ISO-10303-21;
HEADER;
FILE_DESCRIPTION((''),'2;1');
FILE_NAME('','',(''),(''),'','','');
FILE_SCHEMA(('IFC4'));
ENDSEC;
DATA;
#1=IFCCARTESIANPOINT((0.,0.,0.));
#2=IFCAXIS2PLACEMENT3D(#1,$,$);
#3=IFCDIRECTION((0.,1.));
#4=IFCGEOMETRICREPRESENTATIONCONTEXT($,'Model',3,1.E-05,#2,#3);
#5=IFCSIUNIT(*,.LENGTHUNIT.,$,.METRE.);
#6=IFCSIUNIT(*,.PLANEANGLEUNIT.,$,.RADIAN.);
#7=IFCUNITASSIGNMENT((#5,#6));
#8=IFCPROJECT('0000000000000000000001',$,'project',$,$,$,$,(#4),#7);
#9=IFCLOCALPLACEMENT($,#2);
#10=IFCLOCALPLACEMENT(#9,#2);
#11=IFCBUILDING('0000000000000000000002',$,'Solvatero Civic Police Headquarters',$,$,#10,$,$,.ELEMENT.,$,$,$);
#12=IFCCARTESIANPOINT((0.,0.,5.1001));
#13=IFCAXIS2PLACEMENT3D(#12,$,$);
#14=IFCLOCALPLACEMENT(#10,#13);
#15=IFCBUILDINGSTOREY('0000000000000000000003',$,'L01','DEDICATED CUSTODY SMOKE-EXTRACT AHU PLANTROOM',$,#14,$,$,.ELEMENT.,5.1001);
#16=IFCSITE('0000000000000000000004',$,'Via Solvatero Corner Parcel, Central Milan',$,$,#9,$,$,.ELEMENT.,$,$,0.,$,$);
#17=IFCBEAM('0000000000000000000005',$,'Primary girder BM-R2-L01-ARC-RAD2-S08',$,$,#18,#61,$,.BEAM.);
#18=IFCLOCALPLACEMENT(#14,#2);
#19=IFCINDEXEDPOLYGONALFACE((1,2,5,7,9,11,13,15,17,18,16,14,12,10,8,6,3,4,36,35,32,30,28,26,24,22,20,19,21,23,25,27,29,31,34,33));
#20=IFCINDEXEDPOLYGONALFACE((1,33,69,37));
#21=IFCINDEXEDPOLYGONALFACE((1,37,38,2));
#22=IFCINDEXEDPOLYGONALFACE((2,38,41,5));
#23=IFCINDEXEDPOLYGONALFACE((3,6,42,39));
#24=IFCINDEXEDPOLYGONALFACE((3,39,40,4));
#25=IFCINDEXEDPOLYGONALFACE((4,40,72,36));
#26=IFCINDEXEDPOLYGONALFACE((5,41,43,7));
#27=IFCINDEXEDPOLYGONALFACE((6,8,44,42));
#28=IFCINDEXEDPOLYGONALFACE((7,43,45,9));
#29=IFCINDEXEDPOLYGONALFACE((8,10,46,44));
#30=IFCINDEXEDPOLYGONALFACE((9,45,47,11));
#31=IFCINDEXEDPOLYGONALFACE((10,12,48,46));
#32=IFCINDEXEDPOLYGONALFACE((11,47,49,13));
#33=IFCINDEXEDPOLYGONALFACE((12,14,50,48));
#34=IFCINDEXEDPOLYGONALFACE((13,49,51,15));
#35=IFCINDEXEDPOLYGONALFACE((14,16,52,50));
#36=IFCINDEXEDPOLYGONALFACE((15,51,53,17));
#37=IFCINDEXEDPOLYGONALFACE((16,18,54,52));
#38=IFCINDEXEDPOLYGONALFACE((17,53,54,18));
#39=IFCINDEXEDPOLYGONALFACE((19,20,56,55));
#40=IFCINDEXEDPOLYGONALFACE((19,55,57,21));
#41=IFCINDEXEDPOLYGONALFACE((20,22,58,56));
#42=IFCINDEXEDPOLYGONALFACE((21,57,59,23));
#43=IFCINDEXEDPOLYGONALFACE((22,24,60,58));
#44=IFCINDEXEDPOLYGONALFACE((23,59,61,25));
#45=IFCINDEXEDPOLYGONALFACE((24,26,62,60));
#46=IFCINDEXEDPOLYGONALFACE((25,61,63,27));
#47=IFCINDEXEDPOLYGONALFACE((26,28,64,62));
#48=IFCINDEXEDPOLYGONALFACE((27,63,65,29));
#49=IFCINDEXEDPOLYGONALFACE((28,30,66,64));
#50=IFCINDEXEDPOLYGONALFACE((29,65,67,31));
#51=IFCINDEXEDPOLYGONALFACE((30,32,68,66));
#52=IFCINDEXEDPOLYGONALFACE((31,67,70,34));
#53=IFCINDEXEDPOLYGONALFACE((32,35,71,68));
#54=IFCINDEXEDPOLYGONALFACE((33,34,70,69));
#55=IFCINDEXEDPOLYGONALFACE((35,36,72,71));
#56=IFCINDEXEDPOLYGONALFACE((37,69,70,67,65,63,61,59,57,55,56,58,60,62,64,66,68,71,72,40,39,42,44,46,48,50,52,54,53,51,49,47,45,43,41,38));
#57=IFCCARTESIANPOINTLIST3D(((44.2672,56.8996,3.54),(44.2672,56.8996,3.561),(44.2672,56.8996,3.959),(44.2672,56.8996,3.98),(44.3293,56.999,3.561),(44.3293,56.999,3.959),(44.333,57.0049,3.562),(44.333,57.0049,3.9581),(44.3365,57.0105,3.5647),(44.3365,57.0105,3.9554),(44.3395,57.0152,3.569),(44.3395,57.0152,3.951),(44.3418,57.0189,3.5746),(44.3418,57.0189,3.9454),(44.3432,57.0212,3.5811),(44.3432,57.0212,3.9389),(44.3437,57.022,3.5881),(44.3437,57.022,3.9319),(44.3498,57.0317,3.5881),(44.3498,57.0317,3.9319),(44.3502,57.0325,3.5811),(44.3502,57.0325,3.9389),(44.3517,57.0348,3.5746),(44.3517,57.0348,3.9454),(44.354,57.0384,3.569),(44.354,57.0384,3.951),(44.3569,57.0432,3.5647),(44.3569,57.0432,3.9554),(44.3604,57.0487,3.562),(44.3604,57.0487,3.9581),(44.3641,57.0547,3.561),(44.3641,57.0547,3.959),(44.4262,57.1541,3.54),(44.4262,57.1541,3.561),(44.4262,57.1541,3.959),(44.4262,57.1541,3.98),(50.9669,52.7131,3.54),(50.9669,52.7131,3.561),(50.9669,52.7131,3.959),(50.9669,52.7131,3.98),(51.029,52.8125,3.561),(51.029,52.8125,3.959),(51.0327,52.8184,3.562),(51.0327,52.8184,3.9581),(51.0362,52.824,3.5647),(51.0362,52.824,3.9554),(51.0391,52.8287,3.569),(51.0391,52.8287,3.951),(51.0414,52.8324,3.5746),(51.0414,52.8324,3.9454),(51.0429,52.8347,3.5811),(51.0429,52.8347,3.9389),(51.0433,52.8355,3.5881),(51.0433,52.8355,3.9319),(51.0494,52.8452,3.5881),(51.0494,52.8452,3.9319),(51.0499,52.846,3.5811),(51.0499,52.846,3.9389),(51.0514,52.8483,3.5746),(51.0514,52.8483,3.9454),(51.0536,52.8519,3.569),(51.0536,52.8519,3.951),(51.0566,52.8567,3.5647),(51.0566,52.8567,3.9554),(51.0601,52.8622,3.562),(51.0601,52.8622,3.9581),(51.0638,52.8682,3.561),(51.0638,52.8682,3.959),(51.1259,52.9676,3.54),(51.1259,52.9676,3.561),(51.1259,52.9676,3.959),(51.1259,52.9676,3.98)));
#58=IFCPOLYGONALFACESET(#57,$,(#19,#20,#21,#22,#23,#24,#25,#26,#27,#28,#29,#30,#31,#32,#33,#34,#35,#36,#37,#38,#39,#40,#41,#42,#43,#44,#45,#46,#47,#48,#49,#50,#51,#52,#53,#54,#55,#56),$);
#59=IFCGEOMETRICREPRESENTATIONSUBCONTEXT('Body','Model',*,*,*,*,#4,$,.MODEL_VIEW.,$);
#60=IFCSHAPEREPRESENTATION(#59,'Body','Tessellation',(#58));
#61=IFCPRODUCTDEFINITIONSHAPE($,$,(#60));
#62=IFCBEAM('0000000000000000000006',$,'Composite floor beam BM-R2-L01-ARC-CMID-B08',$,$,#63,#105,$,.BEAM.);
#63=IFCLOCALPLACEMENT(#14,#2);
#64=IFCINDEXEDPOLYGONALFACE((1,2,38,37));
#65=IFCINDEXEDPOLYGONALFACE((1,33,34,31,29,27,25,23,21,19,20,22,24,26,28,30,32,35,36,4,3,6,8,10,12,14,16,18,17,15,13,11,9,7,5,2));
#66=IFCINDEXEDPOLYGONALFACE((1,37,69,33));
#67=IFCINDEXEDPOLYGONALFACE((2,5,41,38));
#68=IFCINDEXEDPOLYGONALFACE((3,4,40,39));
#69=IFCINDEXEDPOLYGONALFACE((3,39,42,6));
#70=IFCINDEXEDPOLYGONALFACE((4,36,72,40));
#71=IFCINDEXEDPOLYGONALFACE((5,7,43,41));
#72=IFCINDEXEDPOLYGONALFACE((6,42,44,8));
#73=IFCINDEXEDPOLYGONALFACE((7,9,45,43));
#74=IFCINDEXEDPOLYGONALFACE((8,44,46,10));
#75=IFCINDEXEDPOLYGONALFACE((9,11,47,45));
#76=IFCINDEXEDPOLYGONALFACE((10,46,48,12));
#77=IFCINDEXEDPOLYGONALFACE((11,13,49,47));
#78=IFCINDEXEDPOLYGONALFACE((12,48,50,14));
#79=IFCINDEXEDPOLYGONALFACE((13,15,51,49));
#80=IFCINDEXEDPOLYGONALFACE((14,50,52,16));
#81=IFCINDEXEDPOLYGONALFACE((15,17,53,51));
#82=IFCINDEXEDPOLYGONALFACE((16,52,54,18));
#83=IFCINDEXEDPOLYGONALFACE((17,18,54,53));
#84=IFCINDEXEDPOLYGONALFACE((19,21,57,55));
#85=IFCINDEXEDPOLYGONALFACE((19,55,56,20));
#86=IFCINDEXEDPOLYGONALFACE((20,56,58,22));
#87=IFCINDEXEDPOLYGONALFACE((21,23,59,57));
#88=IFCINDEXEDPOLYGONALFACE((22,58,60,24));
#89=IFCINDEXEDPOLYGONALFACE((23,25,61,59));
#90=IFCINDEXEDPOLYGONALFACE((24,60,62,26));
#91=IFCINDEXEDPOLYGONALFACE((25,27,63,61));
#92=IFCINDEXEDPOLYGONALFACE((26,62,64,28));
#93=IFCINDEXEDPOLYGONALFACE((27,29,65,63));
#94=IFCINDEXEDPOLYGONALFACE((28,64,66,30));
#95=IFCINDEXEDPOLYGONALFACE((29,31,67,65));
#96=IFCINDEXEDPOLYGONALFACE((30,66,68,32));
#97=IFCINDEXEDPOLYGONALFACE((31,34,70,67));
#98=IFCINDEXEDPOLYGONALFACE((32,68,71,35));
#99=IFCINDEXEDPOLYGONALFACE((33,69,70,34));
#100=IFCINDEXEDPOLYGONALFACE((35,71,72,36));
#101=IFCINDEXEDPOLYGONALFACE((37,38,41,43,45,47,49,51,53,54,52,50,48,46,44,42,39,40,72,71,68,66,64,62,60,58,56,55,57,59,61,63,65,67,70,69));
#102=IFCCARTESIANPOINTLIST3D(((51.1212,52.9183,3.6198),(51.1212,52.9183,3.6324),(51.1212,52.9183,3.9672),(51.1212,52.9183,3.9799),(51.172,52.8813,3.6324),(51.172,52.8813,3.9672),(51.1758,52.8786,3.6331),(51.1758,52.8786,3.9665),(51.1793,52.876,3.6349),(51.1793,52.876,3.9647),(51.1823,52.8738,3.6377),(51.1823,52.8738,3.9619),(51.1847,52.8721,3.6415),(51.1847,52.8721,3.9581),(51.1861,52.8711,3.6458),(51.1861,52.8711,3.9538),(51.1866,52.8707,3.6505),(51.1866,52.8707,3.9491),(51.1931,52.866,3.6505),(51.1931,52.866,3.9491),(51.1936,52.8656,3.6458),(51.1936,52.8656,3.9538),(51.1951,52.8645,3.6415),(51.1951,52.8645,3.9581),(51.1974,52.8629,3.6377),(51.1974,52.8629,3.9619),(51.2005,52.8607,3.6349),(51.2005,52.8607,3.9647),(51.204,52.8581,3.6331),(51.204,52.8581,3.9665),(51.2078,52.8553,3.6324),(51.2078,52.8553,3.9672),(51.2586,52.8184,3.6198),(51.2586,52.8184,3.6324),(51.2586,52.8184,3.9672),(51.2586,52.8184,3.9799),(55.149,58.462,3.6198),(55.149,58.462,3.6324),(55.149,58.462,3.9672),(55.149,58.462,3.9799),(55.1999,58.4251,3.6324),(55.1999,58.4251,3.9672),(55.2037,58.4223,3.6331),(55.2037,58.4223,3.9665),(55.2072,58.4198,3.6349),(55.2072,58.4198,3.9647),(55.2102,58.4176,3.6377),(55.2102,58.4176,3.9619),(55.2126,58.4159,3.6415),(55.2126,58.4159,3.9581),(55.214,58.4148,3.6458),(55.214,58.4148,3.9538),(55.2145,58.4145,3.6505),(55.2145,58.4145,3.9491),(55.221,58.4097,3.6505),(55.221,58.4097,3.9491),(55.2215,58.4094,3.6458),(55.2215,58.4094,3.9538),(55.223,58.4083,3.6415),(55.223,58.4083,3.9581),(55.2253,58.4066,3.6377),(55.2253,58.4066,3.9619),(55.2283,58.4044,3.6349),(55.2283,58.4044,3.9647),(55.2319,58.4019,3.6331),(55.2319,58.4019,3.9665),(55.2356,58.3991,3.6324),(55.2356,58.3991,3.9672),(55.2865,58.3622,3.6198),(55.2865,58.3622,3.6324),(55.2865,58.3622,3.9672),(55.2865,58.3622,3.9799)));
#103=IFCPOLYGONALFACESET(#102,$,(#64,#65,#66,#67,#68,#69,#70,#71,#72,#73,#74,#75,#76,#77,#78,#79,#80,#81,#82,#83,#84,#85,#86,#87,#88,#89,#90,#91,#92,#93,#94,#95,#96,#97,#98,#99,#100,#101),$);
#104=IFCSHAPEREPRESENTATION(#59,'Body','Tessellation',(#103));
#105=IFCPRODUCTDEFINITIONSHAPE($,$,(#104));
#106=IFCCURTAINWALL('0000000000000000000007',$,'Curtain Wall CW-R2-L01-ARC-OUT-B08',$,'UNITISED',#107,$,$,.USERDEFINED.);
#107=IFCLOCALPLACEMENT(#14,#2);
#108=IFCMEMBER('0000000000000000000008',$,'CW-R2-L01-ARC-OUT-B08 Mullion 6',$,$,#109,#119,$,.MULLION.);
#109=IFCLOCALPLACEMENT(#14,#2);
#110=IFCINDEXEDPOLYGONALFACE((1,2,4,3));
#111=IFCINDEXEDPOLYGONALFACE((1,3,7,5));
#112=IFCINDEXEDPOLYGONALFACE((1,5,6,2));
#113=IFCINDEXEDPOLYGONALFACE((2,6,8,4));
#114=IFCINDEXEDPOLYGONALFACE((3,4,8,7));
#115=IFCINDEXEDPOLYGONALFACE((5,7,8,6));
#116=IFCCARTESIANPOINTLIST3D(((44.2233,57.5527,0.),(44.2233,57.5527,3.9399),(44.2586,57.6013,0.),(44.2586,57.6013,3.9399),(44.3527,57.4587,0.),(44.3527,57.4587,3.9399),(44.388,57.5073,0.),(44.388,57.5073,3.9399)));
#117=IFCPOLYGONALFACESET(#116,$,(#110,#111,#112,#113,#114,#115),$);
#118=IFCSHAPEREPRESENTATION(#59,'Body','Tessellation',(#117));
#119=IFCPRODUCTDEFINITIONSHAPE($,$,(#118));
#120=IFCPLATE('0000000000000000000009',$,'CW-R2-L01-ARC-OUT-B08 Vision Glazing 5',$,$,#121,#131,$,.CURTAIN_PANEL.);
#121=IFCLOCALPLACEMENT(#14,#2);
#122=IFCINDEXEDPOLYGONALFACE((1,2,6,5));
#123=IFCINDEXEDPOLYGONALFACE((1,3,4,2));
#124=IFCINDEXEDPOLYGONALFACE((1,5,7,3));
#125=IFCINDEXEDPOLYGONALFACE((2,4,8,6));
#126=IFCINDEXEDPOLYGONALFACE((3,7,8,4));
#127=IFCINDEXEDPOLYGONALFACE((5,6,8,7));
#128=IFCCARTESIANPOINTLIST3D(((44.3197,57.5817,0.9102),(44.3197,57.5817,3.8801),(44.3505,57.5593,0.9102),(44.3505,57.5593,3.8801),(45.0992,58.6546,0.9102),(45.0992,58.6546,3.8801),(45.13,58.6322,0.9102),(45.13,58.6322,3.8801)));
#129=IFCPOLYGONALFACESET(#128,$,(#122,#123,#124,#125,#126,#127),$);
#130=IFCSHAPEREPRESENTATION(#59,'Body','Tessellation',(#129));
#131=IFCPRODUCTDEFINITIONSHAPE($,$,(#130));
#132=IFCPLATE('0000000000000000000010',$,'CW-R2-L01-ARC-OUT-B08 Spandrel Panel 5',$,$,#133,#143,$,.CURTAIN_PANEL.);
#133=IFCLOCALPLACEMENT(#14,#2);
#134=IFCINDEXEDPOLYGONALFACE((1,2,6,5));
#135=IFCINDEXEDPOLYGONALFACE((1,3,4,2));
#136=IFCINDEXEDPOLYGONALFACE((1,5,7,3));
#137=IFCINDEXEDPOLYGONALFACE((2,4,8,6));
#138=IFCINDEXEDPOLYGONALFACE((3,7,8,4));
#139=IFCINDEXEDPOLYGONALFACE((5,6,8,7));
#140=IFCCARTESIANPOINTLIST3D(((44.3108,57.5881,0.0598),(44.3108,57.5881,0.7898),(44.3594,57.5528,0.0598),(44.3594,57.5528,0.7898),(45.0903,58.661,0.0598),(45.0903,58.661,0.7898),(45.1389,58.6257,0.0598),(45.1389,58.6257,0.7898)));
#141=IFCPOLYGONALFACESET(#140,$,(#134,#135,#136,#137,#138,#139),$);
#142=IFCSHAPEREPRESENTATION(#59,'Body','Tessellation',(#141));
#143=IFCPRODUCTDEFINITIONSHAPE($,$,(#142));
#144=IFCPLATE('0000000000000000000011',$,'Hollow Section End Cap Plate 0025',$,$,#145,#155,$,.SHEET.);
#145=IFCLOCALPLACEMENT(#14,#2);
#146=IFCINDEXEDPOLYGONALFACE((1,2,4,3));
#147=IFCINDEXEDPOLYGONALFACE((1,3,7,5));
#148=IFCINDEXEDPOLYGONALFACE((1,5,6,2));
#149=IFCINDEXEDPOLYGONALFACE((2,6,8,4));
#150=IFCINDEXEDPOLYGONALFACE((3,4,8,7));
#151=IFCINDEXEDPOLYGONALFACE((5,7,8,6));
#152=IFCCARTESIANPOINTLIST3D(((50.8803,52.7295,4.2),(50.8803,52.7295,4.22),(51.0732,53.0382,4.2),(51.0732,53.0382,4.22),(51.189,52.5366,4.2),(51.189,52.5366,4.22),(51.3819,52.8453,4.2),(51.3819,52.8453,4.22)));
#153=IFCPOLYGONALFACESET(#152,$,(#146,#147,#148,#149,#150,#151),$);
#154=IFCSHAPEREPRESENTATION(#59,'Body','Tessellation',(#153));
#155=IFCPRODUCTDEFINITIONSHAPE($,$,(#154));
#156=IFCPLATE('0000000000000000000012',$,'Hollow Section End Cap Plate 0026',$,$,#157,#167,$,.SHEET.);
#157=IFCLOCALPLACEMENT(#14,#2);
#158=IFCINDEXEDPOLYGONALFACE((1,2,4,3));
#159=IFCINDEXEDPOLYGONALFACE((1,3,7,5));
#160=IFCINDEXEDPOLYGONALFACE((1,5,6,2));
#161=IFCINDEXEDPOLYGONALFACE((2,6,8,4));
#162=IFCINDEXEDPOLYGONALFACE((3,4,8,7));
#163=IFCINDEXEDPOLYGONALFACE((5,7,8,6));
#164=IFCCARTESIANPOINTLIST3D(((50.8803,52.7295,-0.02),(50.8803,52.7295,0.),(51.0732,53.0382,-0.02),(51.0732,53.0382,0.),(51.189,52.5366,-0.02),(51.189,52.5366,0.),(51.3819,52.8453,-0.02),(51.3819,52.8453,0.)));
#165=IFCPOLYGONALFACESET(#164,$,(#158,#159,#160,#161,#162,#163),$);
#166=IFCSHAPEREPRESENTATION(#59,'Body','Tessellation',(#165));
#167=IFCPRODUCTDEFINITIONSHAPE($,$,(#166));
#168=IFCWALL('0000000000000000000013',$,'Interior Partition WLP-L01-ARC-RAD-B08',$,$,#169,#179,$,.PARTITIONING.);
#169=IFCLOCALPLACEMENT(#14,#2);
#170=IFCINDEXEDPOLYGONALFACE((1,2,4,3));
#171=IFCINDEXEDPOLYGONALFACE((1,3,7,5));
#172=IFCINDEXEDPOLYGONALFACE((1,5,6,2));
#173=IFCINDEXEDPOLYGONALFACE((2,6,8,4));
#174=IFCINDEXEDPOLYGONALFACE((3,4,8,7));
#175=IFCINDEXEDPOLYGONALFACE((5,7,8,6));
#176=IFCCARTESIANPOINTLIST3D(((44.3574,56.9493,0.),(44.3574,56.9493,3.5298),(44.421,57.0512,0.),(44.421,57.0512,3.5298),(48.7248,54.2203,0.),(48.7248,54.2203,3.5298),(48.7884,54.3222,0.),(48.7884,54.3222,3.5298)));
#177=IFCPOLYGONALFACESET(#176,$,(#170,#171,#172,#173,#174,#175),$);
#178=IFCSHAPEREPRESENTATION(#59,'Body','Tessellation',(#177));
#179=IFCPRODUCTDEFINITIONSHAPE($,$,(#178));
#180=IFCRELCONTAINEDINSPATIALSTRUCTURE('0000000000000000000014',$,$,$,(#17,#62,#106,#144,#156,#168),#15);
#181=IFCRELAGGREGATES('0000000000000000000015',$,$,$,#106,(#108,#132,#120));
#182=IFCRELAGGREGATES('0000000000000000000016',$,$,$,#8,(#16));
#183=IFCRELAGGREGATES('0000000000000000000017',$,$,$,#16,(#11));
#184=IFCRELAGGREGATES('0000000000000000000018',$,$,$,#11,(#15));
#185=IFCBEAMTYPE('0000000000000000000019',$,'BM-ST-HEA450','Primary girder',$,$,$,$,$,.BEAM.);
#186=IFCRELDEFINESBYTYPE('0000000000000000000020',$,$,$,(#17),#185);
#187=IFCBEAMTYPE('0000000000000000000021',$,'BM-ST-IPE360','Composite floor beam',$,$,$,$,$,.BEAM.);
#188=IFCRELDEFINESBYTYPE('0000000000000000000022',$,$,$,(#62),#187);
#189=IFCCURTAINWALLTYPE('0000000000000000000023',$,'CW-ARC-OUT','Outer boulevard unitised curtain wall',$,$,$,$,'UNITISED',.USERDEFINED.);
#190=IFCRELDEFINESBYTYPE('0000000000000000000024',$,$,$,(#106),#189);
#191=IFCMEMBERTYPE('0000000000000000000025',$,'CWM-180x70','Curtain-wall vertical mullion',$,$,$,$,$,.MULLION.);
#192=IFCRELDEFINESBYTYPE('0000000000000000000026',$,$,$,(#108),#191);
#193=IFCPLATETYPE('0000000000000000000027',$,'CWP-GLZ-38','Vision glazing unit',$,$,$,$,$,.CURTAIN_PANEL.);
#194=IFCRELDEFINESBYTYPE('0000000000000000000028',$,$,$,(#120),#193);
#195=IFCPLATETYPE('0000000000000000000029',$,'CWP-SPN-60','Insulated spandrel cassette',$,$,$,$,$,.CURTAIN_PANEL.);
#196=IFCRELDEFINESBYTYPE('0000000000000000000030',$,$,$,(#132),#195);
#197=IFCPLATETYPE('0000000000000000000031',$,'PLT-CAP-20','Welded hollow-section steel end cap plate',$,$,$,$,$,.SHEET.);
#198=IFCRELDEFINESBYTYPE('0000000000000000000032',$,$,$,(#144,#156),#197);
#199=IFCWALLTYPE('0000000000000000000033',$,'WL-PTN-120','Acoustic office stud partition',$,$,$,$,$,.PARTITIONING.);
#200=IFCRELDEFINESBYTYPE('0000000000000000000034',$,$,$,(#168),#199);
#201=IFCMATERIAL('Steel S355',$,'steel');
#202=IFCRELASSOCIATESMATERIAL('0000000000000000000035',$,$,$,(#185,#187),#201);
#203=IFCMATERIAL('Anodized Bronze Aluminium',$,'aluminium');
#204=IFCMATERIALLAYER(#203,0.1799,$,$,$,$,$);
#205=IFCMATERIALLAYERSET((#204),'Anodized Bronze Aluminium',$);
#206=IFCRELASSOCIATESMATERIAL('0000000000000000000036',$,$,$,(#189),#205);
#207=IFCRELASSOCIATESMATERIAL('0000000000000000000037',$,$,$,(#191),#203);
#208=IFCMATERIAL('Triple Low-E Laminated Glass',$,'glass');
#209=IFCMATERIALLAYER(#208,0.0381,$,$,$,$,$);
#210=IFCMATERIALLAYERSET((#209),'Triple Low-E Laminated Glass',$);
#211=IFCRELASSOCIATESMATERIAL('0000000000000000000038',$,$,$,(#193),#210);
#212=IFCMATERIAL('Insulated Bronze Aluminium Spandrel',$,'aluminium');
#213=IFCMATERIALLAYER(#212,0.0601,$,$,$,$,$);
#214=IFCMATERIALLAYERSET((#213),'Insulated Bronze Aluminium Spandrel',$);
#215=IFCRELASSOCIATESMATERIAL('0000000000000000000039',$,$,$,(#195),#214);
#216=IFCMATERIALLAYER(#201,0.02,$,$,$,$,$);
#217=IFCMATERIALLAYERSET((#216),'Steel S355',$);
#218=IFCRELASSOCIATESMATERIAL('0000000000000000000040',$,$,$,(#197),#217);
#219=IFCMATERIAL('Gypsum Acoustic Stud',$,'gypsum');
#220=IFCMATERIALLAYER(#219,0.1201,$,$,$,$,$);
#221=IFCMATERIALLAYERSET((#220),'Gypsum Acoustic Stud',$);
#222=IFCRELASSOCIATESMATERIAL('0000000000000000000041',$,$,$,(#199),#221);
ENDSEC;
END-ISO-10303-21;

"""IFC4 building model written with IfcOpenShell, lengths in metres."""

from ifc_helpers import new_model, si_unit, direction, frame, frame_2d, origin, origin_2d, place, context, subcontext, project, spatial, rectangle, i_section, extrude, material, layer, layer_set, material_profile, profile_set, type_object, element, aggregate, save


model = new_model("IFC4")

# Units and contexts
model_context = context("Model", 3, precision=1e-05, world=origin(), true_north=direction((0.0, 1.0)))
body_context = subcontext(model_context, "Body", "Model", "MODEL_VIEW")
ifc_project = project(units=[si_unit("LENGTHUNIT", "METRE"), si_unit("PLANEANGLEUNIT", "RADIAN")], contexts=[model_context])

# Site, building, storey
site_placement = place(None, origin())
site = spatial("IfcSite", under=ifc_project, at=site_placement, Name="Via Solvatero Corner Parcel, Central Milan", CompositionType="ELEMENT", RefElevation=0.0)
building_placement = place(site_placement, origin())
building = spatial("IfcBuilding", under=site, at=building_placement, Name="Solvatero Civic Police Headquarters", CompositionType="ELEMENT")
storey_placement = place(building_placement, frame((0.0, 0.0, 5.1001)))
storey = spatial("IfcBuildingStorey", under=building, at=storey_placement, Name="L01", Description="DEDICATED CUSTODY SMOKE-EXTRACT AHU PLANTROOM", CompositionType="ELEMENT", Elevation=5.1001)

# Shared definitions
ifc_material_1 = material(Name="Steel S355", Category="steel")

# Beams
ifc_material_profile_1 = material_profile(ifc_material_1, i_section(OverallWidth=0.3, OverallDepth=0.4399, WebThickness=0.0115, FlangeThickness=0.021, FilletRadius=0.0271, at=origin_2d()), Name="HEA 450")
ifc_profile_set_1 = profile_set([ifc_material_profile_1], Name="Steel S355")
beam_type_1 = type_object("IfcBeamType", Name="BM-ST-HEA450", Description="Primary girder", PredefinedType="BEAM", material=ifc_profile_set_1)
beam_1_placement = place(storey_placement, frame((51.0464, 52.8403, 3.76), z_axis=(-0.848043, 0.529927, 0.0), x_axis=(-0.529927, -0.848043, 0.0)))
element("IfcBeam", 1, at=beam_1_placement, inside=storey, type_object=beam_type_1, Name="Primary girder BM-R2-L01-ARC-RAD2-S08", PredefinedType="BEAM", context=body_context, shape_type="SweptSolid", body=[
    extrude(i_section(OverallWidth=0.3, OverallDepth=0.4399, WebThickness=0.0115, FlangeThickness=0.021, FilletRadius=0.0271, at=origin_2d()), origin(), (0.0, 0.0, 1.0), 7.9001),
])
ifc_material_profile_2 = material_profile(ifc_material_1, i_section(OverallWidth=0.1699, OverallDepth=0.3601, WebThickness=0.0081, FlangeThickness=0.0127, FilletRadius=0.0181, at=origin_2d()), Name="IPE 360")
ifc_profile_set_2 = profile_set([ifc_material_profile_2], Name="Steel S355")
beam_type_2 = type_object("IfcBeamType", Name="BM-ST-IPE360", Description="Composite floor beam", PredefinedType="BEAM", material=ifc_profile_set_2)
beam_2_placement = place(storey_placement, frame((55.2178, 58.4121, 3.7998), z_axis=(-0.587795, -0.80901, 0.0), x_axis=(0.80901, -0.587795, 0.0)))
element("IfcBeam", 2, at=beam_2_placement, inside=storey, type_object=beam_type_2, Name="Composite floor beam BM-R2-L01-ARC-CMID-B08", PredefinedType="BEAM", context=body_context, shape_type="SweptSolid", body=[
    extrude(i_section(OverallWidth=0.1699, OverallDepth=0.3601, WebThickness=0.0081, FlangeThickness=0.0127, FilletRadius=0.0181, at=origin_2d()), origin(), (0.0, 0.0, 1.0), 6.8525),
])

# Curtain wall, member, plates
ifc_material_2 = material(Name="Anodized Bronze Aluminium", Category="aluminium")
ifc_layer_1 = layer(ifc_material_2, 0.1799)
ifc_layer_set_1 = layer_set([ifc_layer_1], Name="Anodized Bronze Aluminium")
curtain_wall_type = type_object("IfcCurtainWallType", Name="CW-ARC-OUT", Description="Outer boulevard unitised curtain wall", ElementType="UNITISED", PredefinedType="USERDEFINED", material=ifc_layer_set_1)
curtain_wall_placement = place(storey_placement, origin())
curtain_wall = element("IfcCurtainWall", 3, at=curtain_wall_placement, inside=storey, type_object=curtain_wall_type, Name="Curtain Wall CW-R2-L01-ARC-OUT-B08", ObjectType="UNITISED", PredefinedType="USERDEFINED")
ifc_material_profile_3 = material_profile(ifc_material_2, rectangle(XDim=0.0601, YDim=0.1599, at=origin_2d()), Name="ALU MULLION 60x160")
ifc_profile_set_3 = profile_set([ifc_material_profile_3], Name="Anodized Bronze Aluminium")
member_type = type_object("IfcMemberType", Name="CWM-180x70", Description="Curtain-wall vertical mullion", PredefinedType="MULLION", material=ifc_profile_set_3)
member_placement = place(storey_placement, frame((44.3057, 57.53, 0.0), z_axis=(0.0, 0.0, 1.0), x_axis=(-0.587785, -0.809017, 0.0)))
member = element("IfcMember", 4, at=member_placement, type_object=member_type, Name="CW-R2-L01-ARC-OUT-B08 Mullion 6", PredefinedType="MULLION", context=body_context, shape_type="SweptSolid", body=[
    extrude(rectangle(XDim=0.0601, YDim=0.1599, at=origin_2d()), origin(), (0.0, 0.0, 1.0), 3.9399),
])
ifc_material_3 = material(Name="Triple Low-E Laminated Glass", Category="glass")
ifc_layer_2 = layer(ifc_material_3, 0.0381)
ifc_layer_set_2 = layer_set([ifc_layer_2], Name="Triple Low-E Laminated Glass")
plate_type_1 = type_object("IfcPlateType", Name="CWP-GLZ-38", Description="Vision glazing unit", PredefinedType="CURTAIN_PANEL", material=ifc_layer_set_2)
plate_1_placement = place(storey_placement, frame((44.7249, 58.1069, 0.9102), z_axis=(0.0, 0.0, 1.0), x_axis=(-0.587785, -0.809017, 0.0)))
plate_1 = element("IfcPlate", 5, at=plate_1_placement, type_object=plate_type_1, Name="CW-R2-L01-ARC-OUT-B08 Vision Glazing 5", PredefinedType="CURTAIN_PANEL", context=body_context, shape_type="SweptSolid", body=[
    extrude(rectangle(XDim=1.3262, YDim=0.0381, at=origin_2d()), origin(), (0.0, 0.0, 1.0), 2.97),
])
ifc_material_4 = material(Name="Insulated Bronze Aluminium Spandrel", Category="aluminium")
ifc_layer_3 = layer(ifc_material_4, 0.0601)
ifc_layer_set_3 = layer_set([ifc_layer_3], Name="Insulated Bronze Aluminium Spandrel")
plate_type_2 = type_object("IfcPlateType", Name="CWP-SPN-60", Description="Insulated spandrel cassette", PredefinedType="CURTAIN_PANEL", material=ifc_layer_set_3)
plate_2_placement = place(storey_placement, frame((44.7249, 58.1069, 0.0598), z_axis=(0.0, 0.0, 1.0), x_axis=(-0.587785, -0.809017, 0.0)))
plate_2 = element("IfcPlate", 6, at=plate_2_placement, type_object=plate_type_2, Name="CW-R2-L01-ARC-OUT-B08 Spandrel Panel 5", PredefinedType="CURTAIN_PANEL", context=body_context, shape_type="SweptSolid", body=[
    extrude(rectangle(XDim=1.3262, YDim=0.0601, at=origin_2d()), origin(), (0.0, 0.0, 1.0), 0.73),
])
aggregate(curtain_wall, [member, plate_2, plate_1])

# Plates
ifc_layer_4 = layer(ifc_material_1, 0.02)
ifc_layer_set_4 = layer_set([ifc_layer_4], Name="Steel S355")
plate_type_3 = type_object("IfcPlateType", Name="PLT-CAP-20", Description="Welded hollow-section steel end cap plate", PredefinedType="SHEET", material=ifc_layer_set_4)
for number, where, z_axis, x_axis, name in (
    (7, (51.1311, 52.7874, 4.2), (0.0, 0.0, 1.0), (0.529919, 0.848048, 0.0), "Hollow Section End Cap Plate 0025"),
    (8, (51.1311, 52.7874, -0.02), (0.0, 0.0, 1.0), (0.529919, 0.848048, 0.0), "Hollow Section End Cap Plate 0026"),
):
    element("IfcPlate", number, at=place(storey_placement, frame(where, z_axis=z_axis, x_axis=x_axis)), inside=storey, type_object=plate_type_3, Name=name, PredefinedType="SHEET", context=body_context, shape_type="SweptSolid", body=[
        extrude(rectangle(XDim=0.364, YDim=0.364, at=origin_2d()), origin(), (0.0, 0.0, 1.0), 0.02),
    ])

# Wall
ifc_material_5 = material(Name="Gypsum Acoustic Stud", Category="gypsum")
ifc_layer_5 = layer(ifc_material_5, 0.1201)
ifc_layer_set_5 = layer_set([ifc_layer_5], Name="Gypsum Acoustic Stud")
wall_type_1 = type_object("IfcWallType", Name="WL-PTN-120", Description="Acoustic office stud partition", PredefinedType="PARTITIONING", material=ifc_layer_set_5)
wall_1_placement = place(storey_placement, frame((48.7566, 54.2712, 0.0), z_axis=(0.0, 0.0, 1.0), x_axis=(-0.848054, 0.529909, 0.0)))
element("IfcWall", 9, at=wall_1_placement, inside=storey, type_object=wall_type_1, Name="Interior Partition WLP-L01-ARC-RAD-B08", PredefinedType="PARTITIONING", context=body_context, shape_type="SweptSolid", body=[
    extrude(rectangle(XDim=5.1499, YDim=0.1201, at=frame_2d((2.575, 0.0))), origin(), (0.0, 0.0, 1.0), 3.5298),
])

save(model, "model.ifc")
